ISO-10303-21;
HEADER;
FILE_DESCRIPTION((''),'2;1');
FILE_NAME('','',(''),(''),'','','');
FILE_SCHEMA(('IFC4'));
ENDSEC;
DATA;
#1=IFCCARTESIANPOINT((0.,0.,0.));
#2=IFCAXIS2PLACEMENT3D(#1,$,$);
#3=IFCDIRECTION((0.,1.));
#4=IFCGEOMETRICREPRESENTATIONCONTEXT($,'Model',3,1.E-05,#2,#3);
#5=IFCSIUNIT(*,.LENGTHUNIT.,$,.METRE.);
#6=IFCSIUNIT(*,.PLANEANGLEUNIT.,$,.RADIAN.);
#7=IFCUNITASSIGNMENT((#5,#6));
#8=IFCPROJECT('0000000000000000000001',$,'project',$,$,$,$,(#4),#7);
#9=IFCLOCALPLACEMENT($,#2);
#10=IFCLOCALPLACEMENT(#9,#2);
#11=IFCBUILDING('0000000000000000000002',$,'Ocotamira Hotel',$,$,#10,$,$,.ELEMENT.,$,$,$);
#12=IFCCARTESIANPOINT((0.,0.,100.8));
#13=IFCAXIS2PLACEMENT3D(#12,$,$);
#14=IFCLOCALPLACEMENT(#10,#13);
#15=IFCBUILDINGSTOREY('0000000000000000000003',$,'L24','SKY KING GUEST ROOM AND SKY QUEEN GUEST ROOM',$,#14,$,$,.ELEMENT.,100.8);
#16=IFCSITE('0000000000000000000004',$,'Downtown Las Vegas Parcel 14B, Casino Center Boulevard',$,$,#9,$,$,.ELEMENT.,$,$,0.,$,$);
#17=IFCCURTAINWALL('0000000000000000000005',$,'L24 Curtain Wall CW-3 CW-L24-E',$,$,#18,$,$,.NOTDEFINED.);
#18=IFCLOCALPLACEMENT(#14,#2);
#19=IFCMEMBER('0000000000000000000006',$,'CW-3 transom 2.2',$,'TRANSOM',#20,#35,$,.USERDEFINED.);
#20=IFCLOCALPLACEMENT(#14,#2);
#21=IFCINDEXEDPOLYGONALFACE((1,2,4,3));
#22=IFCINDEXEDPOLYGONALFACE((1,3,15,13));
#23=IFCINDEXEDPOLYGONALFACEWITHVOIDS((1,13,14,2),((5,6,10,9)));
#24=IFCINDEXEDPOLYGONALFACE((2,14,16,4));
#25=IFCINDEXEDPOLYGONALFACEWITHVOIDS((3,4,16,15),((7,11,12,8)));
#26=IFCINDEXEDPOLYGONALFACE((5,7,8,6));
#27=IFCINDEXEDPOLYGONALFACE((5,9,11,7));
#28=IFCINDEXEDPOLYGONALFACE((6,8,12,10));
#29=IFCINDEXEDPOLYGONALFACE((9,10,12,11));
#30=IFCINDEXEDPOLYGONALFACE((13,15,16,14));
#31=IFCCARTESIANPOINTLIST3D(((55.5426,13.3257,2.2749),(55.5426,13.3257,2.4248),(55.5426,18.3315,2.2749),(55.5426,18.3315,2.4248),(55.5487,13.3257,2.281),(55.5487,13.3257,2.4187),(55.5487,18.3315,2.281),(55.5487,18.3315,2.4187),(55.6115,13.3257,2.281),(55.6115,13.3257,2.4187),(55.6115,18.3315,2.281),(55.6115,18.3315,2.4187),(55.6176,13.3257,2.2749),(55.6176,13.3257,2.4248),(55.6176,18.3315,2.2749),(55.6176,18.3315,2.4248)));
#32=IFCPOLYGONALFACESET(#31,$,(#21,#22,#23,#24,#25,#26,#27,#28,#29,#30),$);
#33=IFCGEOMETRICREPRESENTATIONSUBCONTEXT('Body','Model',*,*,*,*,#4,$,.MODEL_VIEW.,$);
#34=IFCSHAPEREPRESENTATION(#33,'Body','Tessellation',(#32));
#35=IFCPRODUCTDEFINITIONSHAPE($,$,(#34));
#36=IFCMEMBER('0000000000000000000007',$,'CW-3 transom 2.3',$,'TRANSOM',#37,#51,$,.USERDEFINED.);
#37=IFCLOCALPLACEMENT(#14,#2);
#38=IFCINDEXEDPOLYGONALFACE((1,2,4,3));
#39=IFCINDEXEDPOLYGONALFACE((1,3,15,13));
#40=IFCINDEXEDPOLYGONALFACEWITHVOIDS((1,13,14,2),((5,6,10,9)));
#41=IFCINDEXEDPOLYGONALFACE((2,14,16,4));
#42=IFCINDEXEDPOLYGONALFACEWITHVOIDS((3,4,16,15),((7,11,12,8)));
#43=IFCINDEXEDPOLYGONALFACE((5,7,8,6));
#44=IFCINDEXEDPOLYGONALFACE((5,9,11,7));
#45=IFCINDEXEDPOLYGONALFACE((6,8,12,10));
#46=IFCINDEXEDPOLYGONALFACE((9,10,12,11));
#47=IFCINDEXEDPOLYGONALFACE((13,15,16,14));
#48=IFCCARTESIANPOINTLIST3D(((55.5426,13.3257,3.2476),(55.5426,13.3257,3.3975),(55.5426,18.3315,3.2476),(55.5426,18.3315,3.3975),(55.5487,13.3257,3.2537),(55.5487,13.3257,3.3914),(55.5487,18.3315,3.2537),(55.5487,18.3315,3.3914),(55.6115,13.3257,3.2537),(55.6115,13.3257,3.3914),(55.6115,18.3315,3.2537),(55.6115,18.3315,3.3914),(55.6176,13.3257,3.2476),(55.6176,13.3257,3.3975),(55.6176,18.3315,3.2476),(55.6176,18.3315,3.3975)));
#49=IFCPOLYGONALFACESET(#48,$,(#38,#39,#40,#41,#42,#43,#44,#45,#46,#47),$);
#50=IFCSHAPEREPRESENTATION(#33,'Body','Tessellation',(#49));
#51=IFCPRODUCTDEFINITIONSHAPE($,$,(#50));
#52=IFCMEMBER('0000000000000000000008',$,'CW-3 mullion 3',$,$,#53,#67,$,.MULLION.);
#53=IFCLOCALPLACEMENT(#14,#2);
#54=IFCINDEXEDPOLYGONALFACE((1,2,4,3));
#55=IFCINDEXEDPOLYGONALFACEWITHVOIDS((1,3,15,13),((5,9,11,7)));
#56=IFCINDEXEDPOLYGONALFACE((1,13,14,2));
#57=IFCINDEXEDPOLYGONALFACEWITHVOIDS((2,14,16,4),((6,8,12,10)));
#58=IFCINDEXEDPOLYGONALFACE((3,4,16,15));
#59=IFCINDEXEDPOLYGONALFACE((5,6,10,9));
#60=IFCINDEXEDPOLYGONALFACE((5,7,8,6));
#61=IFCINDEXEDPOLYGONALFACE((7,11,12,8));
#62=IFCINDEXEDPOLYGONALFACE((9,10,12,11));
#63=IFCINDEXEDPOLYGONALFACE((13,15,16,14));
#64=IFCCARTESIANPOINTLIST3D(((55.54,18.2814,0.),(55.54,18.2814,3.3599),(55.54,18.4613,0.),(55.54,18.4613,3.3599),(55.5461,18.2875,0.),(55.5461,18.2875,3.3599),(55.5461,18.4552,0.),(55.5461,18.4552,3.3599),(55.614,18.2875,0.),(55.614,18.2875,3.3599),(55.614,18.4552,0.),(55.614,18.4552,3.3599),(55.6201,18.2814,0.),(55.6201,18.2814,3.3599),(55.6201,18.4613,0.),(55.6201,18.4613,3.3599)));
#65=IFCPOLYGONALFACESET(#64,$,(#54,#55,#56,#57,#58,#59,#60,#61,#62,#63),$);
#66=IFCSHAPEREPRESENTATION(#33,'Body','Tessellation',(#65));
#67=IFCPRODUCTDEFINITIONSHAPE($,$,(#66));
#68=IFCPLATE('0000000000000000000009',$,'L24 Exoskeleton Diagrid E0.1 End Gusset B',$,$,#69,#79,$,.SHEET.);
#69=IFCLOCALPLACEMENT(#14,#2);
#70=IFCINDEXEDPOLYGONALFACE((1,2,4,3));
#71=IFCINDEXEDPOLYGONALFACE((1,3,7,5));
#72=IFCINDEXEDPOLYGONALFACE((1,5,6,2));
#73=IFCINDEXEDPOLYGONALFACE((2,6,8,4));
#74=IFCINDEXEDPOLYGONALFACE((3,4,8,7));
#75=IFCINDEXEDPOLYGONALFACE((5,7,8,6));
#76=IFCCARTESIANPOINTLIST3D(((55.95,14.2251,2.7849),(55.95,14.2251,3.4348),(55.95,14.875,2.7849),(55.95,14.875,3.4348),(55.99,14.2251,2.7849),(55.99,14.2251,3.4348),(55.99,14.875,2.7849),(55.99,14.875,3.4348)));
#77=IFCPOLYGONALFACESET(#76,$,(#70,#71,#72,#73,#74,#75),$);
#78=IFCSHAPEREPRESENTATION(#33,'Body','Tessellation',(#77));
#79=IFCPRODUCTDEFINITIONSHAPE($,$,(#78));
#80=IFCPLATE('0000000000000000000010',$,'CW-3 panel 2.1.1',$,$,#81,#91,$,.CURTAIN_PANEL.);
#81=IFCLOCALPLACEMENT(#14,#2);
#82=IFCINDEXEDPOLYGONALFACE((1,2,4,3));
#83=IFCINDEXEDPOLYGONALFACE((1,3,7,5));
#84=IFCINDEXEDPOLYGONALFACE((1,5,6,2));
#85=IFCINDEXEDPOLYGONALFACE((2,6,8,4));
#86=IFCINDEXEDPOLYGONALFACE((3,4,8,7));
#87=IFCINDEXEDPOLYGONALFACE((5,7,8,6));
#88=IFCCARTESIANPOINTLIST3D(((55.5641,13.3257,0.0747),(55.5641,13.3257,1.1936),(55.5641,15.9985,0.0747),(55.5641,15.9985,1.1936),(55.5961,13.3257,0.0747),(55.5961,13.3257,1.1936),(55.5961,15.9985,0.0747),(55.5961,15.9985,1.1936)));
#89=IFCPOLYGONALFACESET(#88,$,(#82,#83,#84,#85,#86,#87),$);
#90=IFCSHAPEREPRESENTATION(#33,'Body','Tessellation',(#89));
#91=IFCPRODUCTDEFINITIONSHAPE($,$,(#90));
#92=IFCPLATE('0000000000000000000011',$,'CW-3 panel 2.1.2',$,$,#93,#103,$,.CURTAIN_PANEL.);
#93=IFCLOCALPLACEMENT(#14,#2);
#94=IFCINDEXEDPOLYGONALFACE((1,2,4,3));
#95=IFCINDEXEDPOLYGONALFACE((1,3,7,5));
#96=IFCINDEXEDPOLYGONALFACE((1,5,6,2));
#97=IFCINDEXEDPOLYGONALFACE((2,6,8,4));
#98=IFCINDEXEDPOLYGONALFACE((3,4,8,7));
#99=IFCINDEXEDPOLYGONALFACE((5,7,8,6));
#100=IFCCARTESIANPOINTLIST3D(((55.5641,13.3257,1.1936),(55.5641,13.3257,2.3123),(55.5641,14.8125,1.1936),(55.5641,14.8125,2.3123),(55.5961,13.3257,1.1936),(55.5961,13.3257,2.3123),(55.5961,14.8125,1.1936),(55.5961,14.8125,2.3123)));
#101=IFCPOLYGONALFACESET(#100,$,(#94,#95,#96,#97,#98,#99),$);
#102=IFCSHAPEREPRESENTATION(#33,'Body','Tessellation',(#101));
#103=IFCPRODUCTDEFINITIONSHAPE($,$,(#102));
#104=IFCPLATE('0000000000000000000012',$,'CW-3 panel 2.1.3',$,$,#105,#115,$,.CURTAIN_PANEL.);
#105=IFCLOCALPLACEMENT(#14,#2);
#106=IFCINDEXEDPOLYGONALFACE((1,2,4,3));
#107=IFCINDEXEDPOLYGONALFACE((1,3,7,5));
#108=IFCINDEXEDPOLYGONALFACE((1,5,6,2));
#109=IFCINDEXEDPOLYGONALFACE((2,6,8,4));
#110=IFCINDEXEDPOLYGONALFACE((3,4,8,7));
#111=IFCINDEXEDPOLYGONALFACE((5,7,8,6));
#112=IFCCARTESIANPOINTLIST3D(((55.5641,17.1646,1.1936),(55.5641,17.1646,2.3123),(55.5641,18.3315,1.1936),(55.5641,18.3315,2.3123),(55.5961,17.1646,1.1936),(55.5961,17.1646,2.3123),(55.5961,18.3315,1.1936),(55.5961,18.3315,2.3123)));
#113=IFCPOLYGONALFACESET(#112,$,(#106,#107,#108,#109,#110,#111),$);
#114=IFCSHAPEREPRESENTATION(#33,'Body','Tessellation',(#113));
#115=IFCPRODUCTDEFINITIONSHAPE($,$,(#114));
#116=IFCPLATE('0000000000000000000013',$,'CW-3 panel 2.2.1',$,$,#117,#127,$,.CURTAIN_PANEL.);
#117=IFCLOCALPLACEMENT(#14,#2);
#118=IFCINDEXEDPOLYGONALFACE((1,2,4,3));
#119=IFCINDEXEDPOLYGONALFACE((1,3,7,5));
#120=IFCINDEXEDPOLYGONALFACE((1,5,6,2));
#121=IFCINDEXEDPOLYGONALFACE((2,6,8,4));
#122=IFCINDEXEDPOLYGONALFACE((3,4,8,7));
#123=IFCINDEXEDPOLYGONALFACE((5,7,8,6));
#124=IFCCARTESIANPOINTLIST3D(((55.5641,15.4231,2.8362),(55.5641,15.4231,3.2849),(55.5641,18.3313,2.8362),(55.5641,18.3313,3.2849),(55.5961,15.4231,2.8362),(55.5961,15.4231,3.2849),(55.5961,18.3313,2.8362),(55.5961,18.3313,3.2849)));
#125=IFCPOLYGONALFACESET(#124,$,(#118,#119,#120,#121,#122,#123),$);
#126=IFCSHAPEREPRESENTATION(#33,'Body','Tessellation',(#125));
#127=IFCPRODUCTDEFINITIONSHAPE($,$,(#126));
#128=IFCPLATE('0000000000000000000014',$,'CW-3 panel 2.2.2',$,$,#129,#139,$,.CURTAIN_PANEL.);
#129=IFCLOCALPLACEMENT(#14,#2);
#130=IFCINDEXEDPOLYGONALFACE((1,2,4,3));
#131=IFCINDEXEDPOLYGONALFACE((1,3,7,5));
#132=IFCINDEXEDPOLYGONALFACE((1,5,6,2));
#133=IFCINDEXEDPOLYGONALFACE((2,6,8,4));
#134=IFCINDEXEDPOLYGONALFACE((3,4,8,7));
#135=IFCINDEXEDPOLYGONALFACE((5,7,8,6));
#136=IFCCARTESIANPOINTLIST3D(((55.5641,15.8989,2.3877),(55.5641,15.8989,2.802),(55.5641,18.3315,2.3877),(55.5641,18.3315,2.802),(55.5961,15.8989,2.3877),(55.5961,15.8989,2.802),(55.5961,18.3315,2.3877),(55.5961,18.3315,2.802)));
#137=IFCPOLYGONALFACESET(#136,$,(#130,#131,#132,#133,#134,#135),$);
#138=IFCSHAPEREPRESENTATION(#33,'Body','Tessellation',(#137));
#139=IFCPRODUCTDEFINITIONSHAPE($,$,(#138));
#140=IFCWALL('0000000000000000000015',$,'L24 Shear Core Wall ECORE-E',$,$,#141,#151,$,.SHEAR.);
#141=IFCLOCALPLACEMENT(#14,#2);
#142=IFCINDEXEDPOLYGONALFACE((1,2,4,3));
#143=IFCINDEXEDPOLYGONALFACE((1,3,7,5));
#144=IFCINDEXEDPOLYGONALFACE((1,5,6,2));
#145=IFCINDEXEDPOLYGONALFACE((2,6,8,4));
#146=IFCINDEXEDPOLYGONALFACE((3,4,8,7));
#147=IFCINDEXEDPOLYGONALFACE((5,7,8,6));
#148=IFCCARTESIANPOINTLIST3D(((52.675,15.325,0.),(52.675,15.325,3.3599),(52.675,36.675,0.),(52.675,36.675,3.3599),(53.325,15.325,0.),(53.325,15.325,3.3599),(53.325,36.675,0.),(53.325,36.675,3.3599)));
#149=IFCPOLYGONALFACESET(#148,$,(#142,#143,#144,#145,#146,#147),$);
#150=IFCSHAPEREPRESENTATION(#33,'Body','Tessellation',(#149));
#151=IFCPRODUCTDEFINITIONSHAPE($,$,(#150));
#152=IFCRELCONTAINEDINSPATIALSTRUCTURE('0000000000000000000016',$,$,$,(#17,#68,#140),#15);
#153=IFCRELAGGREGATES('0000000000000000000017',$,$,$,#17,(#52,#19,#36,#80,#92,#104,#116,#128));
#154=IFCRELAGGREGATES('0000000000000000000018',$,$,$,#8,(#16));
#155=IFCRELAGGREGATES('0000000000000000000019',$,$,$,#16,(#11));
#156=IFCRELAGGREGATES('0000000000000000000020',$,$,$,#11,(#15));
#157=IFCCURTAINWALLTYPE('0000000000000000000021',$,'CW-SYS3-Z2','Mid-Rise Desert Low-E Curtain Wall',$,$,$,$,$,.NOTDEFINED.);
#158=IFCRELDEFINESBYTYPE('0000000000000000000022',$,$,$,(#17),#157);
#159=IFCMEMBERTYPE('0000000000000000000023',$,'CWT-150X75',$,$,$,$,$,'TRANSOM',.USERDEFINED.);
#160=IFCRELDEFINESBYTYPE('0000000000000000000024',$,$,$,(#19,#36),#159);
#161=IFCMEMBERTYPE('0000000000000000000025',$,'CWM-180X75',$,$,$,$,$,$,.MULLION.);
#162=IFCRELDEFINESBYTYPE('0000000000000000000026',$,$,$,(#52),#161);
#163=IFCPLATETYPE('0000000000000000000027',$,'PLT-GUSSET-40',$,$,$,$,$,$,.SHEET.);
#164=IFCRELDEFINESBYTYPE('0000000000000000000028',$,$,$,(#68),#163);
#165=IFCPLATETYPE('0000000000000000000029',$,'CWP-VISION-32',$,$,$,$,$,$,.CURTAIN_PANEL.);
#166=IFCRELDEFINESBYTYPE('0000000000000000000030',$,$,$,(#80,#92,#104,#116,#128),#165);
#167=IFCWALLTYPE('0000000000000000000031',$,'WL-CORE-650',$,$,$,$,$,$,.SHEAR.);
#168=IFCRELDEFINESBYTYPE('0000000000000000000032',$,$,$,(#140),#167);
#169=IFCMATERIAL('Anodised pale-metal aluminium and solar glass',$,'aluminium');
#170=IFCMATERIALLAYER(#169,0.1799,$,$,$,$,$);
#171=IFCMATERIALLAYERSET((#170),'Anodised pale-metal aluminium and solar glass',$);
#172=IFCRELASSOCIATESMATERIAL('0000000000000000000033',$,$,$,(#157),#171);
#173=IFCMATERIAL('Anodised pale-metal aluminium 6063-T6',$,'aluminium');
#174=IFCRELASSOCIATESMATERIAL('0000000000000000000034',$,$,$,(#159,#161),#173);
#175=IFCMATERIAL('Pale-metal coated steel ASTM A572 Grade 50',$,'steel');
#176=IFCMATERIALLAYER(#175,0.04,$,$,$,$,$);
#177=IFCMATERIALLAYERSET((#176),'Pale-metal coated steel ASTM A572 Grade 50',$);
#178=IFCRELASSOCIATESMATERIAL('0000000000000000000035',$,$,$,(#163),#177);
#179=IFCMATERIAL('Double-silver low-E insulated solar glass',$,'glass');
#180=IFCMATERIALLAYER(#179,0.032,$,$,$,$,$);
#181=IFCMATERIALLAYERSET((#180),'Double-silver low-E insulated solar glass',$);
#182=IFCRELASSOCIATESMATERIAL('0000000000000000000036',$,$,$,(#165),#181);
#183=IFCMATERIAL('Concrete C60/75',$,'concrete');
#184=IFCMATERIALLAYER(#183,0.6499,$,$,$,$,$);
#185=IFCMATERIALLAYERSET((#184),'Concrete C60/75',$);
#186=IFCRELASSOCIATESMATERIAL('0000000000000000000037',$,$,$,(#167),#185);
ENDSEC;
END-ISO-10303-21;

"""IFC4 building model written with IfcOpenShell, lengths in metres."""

from ifc_helpers import new_model, si_unit, direction, frame, frame_2d, origin, origin_2d, place, context, subcontext, project, spatial, rectangle, hollow_rectangle, extrude, source, transform, mapped, material, layer, layer_set, material_profile, profile_set, type_object, element, aggregate, save


model = new_model("IFC4")

# Units and contexts
model_context = context("Model", 3, precision=1e-05, world=origin(), true_north=direction((0.0, 1.0)))
body_context = subcontext(model_context, "Body", "Model", "MODEL_VIEW")
ifc_project = project(units=[si_unit("LENGTHUNIT", "METRE"), si_unit("PLANEANGLEUNIT", "RADIAN")], contexts=[model_context])

# Site, building, storey
site_placement = place(None, origin())
site = spatial("IfcSite", under=ifc_project, at=site_placement, Name="Downtown Las Vegas Parcel 14B, Casino Center Boulevard", CompositionType="ELEMENT", RefElevation=0.0)
building_placement = place(site_placement, origin())
building = spatial("IfcBuilding", under=site, at=building_placement, Name="Ocotamira Hotel", CompositionType="ELEMENT")
storey_placement = place(building_placement, frame((0.0, 0.0, 100.8)))
storey = spatial("IfcBuildingStorey", under=building, at=storey_placement, Name="L24", Description="SKY KING GUEST ROOM AND SKY QUEEN GUEST ROOM", CompositionType="ELEMENT", Elevation=100.8)

# Curtain wall, members
ifc_material_1 = material(Name="Anodised pale-metal aluminium and solar glass", Category="aluminium")
ifc_layer_1 = layer(ifc_material_1, 0.1799)
ifc_layer_set_1 = layer_set([ifc_layer_1], Name="Anodised pale-metal aluminium and solar glass")
curtain_wall_type = type_object("IfcCurtainWallType", Name="CW-SYS3-Z2", Description="Mid-Rise Desert Low-E Curtain Wall", PredefinedType="NOTDEFINED", material=ifc_layer_set_1)
curtain_wall_placement = place(storey_placement, origin())
curtain_wall = element("IfcCurtainWall", 1, at=curtain_wall_placement, inside=storey, type_object=curtain_wall_type, Name="L24 Curtain Wall CW-3 CW-L24-E", PredefinedType="NOTDEFINED")
ifc_material_2 = material(Name="Anodised pale-metal aluminium 6063-T6", Category="aluminium")
ifc_material_profile_1 = material_profile(ifc_material_2, hollow_rectangle(XDim=0.075, YDim=0.1499, WallThickness=0.0061, at=origin_2d()), Name="HSS150X75X6")
ifc_profile_set_1 = profile_set([ifc_material_profile_1], Name="Anodised pale-metal aluminium 6063-T6")
member_type_1 = type_object("IfcMemberType", Name="CWT-150X75", ElementType="TRANSOM", PredefinedType="USERDEFINED", material=ifc_profile_set_1)
shared_shape_1 = source(origin(), body_context, "Body", "SweptSolid", [
    extrude(hollow_rectangle(XDim=0.075, YDim=0.1499, WallThickness=0.0061, at=origin_2d()), origin(), (0.0, 0.0, 1.0), 5.0059),
])
member_1_placement = place(storey_placement, frame((55.5801, 13.3257, 2.3499), z_axis=(0.0, 1.0, 0.0), x_axis=(-1.0, 0.0, 0.0)))
member_1 = element("IfcMember", 2, at=member_1_placement, type_object=member_type_1, Name="CW-3 transom 2.2", ObjectType="TRANSOM", PredefinedType="USERDEFINED", context=body_context, shape_type="MappedRepresentation", body=[
    mapped(shared_shape_1, transform((0.0, 0.0, 0.0), scale=1.0)),
])
member_2_placement = place(storey_placement, frame((55.5801, 13.3257, 3.3225), z_axis=(0.0, 1.0, 0.0), x_axis=(-1.0, 0.0, 0.0)))
member_2 = element("IfcMember", 3, at=member_2_placement, type_object=member_type_1, Name="CW-3 transom 2.3", ObjectType="TRANSOM", PredefinedType="USERDEFINED", context=body_context, shape_type="MappedRepresentation", body=[
    mapped(shared_shape_1, transform((0.0, 0.0, 0.0), scale=1.0)),
])
ifc_material_profile_2 = material_profile(ifc_material_2, hollow_rectangle(XDim=0.0801, YDim=0.1799, WallThickness=0.0061, at=origin_2d()), Name="HSS180X80X6")
ifc_profile_set_2 = profile_set([ifc_material_profile_2], Name="Anodised pale-metal aluminium 6063-T6")
member_type_2 = type_object("IfcMemberType", Name="CWM-180X75", PredefinedType="MULLION", material=ifc_profile_set_2)
shared_shape_2 = source(origin(), body_context, "Body", "SweptSolid", [
    extrude(hollow_rectangle(XDim=0.0801, YDim=0.1799, WallThickness=0.0061, at=origin_2d()), origin(), (0.0, 0.0, 1.0), 3.3599),
])
member_3_placement = place(storey_placement, frame((55.5801, 18.3713, 0.0), z_axis=(0.0, 0.0, 1.0), x_axis=(-1.0, 0.0, 0.0)))
member_3 = element("IfcMember", 4, at=member_3_placement, type_object=member_type_2, Name="CW-3 mullion 3", PredefinedType="MULLION", context=body_context, shape_type="MappedRepresentation", body=[
    mapped(shared_shape_2, transform((0.0, 0.0, 0.0), scale=1.0)),
])

# Plates
ifc_material_3 = material(Name="Pale-metal coated steel ASTM A572 Grade 50", Category="steel")
ifc_layer_2 = layer(ifc_material_3, 0.04)
ifc_layer_set_2 = layer_set([ifc_layer_2], Name="Pale-metal coated steel ASTM A572 Grade 50")
plate_type_1 = type_object("IfcPlateType", Name="PLT-GUSSET-40", PredefinedType="SHEET", material=ifc_layer_set_2)
shared_shape_3 = source(origin(), body_context, "Body", "SweptSolid", [
    extrude(rectangle(XDim=0.04, YDim=0.6499, at=origin_2d()), origin(), (0.0, 0.0, 1.0), 0.6499),
])
plate_1_placement = place(storey_placement, frame((55.97, 14.55, 2.7849), z_axis=(0.0, 0.0, 1.0), x_axis=(1.0, 0.0, 0.0)))
element("IfcPlate", 5, at=plate_1_placement, inside=storey, type_object=plate_type_1, Name="L24 Exoskeleton Diagrid E0.1 End Gusset B", PredefinedType="SHEET", context=body_context, shape_type="MappedRepresentation", body=[
    mapped(shared_shape_3, transform((0.0, 0.0, 0.0), scale=1.0)),
])
ifc_material_4 = material(Name="Double-silver low-E insulated solar glass", Category="glass")
ifc_layer_3 = layer(ifc_material_4, 0.032)
ifc_layer_set_3 = layer_set([ifc_layer_3], Name="Double-silver low-E insulated solar glass")
plate_type_2 = type_object("IfcPlateType", Name="CWP-VISION-32", PredefinedType="CURTAIN_PANEL", material=ifc_layer_set_3)
shared_shape_4 = source(origin(), body_context, "Body", "SweptSolid", [
    extrude(rectangle(XDim=2.6729, YDim=0.032, at=origin_2d()), origin(), (0.0, 0.0, 1.0), 1.1189),
])
plate_2_placement = place(storey_placement, frame((55.5801, 14.6621, 0.0747), z_axis=(0.0, 0.0, 1.0), x_axis=(0.0, 1.0, 0.0)))
plate_2 = element("IfcPlate", 6, at=plate_2_placement, type_object=plate_type_2, Name="CW-3 panel 2.1.1", PredefinedType="CURTAIN_PANEL", context=body_context, shape_type="MappedRepresentation", body=[
    mapped(shared_shape_4, transform((0.0, 0.0, 0.0), scale=1.0)),
])
shared_shape_5 = source(origin(), body_context, "Body", "SweptSolid", [
    extrude(rectangle(XDim=1.4868, YDim=0.032, at=origin_2d()), origin(), (0.0, 0.0, 1.0), 1.1187),
])
plate_3_placement = place(storey_placement, frame((55.5801, 14.0691, 1.1936), z_axis=(0.0, 0.0, 1.0), x_axis=(0.0, 1.0, 0.0)))
plate_3 = element("IfcPlate", 7, at=plate_3_placement, type_object=plate_type_2, Name="CW-3 panel 2.1.2", PredefinedType="CURTAIN_PANEL", context=body_context, shape_type="MappedRepresentation", body=[
    mapped(shared_shape_5, transform((0.0, 0.0, 0.0), scale=1.0)),
])
shared_shape_6 = source(origin(), body_context, "Body", "SweptSolid", [
    extrude(rectangle(XDim=1.167, YDim=0.032, at=origin_2d()), origin(), (0.0, 0.0, 1.0), 1.1187),
])
plate_4_placement = place(storey_placement, frame((55.5801, 17.748, 1.1936), z_axis=(0.0, 0.0, 1.0), x_axis=(0.0, 1.0, 0.0)))
plate_4 = element("IfcPlate", 8, at=plate_4_placement, type_object=plate_type_2, Name="CW-3 panel 2.1.3", PredefinedType="CURTAIN_PANEL", context=body_context, shape_type="MappedRepresentation", body=[
    mapped(shared_shape_6, transform((0.0, 0.0, 0.0), scale=1.0)),
])
shared_shape_7 = source(origin(), body_context, "Body", "SweptSolid", [
    extrude(rectangle(XDim=2.9082, YDim=0.032, at=origin_2d()), origin(), (0.0, 0.0, 1.0), 0.4487),
])
plate_5_placement = place(storey_placement, frame((55.5801, 16.8772, 2.8362), z_axis=(0.0, 0.0, 1.0), x_axis=(0.0, 1.0, 0.0)))
plate_5 = element("IfcPlate", 9, at=plate_5_placement, type_object=plate_type_2, Name="CW-3 panel 2.2.1", PredefinedType="CURTAIN_PANEL", context=body_context, shape_type="MappedRepresentation", body=[
    mapped(shared_shape_7, transform((0.0, 0.0, 0.0), scale=1.0)),
])
shared_shape_8 = source(origin(), body_context, "Body", "SweptSolid", [
    extrude(rectangle(XDim=2.4326, YDim=0.032, at=origin_2d()), origin(), (0.0, 0.0, 1.0), 0.4143),
])
plate_6_placement = place(storey_placement, frame((55.5801, 17.1152, 2.3877), z_axis=(0.0, 0.0, 1.0), x_axis=(0.0, 1.0, 0.0)))
plate_6 = element("IfcPlate", 10, at=plate_6_placement, type_object=plate_type_2, Name="CW-3 panel 2.2.2", PredefinedType="CURTAIN_PANEL", context=body_context, shape_type="MappedRepresentation", body=[
    mapped(shared_shape_8, transform((0.0, 0.0, 0.0), scale=1.0)),
])
aggregate(curtain_wall, [member_3, member_1, member_2, plate_2, plate_3, plate_4, plate_5, plate_6])

# Wall
ifc_material_5 = material(Name="Concrete C60/75", Category="concrete")
ifc_layer_4 = layer(ifc_material_5, 0.6499)
ifc_layer_set_4 = layer_set([ifc_layer_4], Name="Concrete C60/75")
wall_type_1 = type_object("IfcWallType", Name="WL-CORE-650", PredefinedType="SHEAR", material=ifc_layer_set_4)
wall_1_placement = place(storey_placement, frame((53.0, 15.325, 0.0), z_axis=(0.0, 0.0, 1.0), x_axis=(0.0, 1.0, 0.0)))
element("IfcWall", 11, at=wall_1_placement, inside=storey, type_object=wall_type_1, Name="L24 Shear Core Wall ECORE-E", PredefinedType="SHEAR", context=body_context, shape_type="SweptSolid", body=[
    extrude(rectangle(XDim=21.3501, YDim=0.6499, at=frame_2d((10.675, 0.0))), origin(), (0.0, 0.0, 1.0), 3.3599),
])

save(model, "model.ifc")
